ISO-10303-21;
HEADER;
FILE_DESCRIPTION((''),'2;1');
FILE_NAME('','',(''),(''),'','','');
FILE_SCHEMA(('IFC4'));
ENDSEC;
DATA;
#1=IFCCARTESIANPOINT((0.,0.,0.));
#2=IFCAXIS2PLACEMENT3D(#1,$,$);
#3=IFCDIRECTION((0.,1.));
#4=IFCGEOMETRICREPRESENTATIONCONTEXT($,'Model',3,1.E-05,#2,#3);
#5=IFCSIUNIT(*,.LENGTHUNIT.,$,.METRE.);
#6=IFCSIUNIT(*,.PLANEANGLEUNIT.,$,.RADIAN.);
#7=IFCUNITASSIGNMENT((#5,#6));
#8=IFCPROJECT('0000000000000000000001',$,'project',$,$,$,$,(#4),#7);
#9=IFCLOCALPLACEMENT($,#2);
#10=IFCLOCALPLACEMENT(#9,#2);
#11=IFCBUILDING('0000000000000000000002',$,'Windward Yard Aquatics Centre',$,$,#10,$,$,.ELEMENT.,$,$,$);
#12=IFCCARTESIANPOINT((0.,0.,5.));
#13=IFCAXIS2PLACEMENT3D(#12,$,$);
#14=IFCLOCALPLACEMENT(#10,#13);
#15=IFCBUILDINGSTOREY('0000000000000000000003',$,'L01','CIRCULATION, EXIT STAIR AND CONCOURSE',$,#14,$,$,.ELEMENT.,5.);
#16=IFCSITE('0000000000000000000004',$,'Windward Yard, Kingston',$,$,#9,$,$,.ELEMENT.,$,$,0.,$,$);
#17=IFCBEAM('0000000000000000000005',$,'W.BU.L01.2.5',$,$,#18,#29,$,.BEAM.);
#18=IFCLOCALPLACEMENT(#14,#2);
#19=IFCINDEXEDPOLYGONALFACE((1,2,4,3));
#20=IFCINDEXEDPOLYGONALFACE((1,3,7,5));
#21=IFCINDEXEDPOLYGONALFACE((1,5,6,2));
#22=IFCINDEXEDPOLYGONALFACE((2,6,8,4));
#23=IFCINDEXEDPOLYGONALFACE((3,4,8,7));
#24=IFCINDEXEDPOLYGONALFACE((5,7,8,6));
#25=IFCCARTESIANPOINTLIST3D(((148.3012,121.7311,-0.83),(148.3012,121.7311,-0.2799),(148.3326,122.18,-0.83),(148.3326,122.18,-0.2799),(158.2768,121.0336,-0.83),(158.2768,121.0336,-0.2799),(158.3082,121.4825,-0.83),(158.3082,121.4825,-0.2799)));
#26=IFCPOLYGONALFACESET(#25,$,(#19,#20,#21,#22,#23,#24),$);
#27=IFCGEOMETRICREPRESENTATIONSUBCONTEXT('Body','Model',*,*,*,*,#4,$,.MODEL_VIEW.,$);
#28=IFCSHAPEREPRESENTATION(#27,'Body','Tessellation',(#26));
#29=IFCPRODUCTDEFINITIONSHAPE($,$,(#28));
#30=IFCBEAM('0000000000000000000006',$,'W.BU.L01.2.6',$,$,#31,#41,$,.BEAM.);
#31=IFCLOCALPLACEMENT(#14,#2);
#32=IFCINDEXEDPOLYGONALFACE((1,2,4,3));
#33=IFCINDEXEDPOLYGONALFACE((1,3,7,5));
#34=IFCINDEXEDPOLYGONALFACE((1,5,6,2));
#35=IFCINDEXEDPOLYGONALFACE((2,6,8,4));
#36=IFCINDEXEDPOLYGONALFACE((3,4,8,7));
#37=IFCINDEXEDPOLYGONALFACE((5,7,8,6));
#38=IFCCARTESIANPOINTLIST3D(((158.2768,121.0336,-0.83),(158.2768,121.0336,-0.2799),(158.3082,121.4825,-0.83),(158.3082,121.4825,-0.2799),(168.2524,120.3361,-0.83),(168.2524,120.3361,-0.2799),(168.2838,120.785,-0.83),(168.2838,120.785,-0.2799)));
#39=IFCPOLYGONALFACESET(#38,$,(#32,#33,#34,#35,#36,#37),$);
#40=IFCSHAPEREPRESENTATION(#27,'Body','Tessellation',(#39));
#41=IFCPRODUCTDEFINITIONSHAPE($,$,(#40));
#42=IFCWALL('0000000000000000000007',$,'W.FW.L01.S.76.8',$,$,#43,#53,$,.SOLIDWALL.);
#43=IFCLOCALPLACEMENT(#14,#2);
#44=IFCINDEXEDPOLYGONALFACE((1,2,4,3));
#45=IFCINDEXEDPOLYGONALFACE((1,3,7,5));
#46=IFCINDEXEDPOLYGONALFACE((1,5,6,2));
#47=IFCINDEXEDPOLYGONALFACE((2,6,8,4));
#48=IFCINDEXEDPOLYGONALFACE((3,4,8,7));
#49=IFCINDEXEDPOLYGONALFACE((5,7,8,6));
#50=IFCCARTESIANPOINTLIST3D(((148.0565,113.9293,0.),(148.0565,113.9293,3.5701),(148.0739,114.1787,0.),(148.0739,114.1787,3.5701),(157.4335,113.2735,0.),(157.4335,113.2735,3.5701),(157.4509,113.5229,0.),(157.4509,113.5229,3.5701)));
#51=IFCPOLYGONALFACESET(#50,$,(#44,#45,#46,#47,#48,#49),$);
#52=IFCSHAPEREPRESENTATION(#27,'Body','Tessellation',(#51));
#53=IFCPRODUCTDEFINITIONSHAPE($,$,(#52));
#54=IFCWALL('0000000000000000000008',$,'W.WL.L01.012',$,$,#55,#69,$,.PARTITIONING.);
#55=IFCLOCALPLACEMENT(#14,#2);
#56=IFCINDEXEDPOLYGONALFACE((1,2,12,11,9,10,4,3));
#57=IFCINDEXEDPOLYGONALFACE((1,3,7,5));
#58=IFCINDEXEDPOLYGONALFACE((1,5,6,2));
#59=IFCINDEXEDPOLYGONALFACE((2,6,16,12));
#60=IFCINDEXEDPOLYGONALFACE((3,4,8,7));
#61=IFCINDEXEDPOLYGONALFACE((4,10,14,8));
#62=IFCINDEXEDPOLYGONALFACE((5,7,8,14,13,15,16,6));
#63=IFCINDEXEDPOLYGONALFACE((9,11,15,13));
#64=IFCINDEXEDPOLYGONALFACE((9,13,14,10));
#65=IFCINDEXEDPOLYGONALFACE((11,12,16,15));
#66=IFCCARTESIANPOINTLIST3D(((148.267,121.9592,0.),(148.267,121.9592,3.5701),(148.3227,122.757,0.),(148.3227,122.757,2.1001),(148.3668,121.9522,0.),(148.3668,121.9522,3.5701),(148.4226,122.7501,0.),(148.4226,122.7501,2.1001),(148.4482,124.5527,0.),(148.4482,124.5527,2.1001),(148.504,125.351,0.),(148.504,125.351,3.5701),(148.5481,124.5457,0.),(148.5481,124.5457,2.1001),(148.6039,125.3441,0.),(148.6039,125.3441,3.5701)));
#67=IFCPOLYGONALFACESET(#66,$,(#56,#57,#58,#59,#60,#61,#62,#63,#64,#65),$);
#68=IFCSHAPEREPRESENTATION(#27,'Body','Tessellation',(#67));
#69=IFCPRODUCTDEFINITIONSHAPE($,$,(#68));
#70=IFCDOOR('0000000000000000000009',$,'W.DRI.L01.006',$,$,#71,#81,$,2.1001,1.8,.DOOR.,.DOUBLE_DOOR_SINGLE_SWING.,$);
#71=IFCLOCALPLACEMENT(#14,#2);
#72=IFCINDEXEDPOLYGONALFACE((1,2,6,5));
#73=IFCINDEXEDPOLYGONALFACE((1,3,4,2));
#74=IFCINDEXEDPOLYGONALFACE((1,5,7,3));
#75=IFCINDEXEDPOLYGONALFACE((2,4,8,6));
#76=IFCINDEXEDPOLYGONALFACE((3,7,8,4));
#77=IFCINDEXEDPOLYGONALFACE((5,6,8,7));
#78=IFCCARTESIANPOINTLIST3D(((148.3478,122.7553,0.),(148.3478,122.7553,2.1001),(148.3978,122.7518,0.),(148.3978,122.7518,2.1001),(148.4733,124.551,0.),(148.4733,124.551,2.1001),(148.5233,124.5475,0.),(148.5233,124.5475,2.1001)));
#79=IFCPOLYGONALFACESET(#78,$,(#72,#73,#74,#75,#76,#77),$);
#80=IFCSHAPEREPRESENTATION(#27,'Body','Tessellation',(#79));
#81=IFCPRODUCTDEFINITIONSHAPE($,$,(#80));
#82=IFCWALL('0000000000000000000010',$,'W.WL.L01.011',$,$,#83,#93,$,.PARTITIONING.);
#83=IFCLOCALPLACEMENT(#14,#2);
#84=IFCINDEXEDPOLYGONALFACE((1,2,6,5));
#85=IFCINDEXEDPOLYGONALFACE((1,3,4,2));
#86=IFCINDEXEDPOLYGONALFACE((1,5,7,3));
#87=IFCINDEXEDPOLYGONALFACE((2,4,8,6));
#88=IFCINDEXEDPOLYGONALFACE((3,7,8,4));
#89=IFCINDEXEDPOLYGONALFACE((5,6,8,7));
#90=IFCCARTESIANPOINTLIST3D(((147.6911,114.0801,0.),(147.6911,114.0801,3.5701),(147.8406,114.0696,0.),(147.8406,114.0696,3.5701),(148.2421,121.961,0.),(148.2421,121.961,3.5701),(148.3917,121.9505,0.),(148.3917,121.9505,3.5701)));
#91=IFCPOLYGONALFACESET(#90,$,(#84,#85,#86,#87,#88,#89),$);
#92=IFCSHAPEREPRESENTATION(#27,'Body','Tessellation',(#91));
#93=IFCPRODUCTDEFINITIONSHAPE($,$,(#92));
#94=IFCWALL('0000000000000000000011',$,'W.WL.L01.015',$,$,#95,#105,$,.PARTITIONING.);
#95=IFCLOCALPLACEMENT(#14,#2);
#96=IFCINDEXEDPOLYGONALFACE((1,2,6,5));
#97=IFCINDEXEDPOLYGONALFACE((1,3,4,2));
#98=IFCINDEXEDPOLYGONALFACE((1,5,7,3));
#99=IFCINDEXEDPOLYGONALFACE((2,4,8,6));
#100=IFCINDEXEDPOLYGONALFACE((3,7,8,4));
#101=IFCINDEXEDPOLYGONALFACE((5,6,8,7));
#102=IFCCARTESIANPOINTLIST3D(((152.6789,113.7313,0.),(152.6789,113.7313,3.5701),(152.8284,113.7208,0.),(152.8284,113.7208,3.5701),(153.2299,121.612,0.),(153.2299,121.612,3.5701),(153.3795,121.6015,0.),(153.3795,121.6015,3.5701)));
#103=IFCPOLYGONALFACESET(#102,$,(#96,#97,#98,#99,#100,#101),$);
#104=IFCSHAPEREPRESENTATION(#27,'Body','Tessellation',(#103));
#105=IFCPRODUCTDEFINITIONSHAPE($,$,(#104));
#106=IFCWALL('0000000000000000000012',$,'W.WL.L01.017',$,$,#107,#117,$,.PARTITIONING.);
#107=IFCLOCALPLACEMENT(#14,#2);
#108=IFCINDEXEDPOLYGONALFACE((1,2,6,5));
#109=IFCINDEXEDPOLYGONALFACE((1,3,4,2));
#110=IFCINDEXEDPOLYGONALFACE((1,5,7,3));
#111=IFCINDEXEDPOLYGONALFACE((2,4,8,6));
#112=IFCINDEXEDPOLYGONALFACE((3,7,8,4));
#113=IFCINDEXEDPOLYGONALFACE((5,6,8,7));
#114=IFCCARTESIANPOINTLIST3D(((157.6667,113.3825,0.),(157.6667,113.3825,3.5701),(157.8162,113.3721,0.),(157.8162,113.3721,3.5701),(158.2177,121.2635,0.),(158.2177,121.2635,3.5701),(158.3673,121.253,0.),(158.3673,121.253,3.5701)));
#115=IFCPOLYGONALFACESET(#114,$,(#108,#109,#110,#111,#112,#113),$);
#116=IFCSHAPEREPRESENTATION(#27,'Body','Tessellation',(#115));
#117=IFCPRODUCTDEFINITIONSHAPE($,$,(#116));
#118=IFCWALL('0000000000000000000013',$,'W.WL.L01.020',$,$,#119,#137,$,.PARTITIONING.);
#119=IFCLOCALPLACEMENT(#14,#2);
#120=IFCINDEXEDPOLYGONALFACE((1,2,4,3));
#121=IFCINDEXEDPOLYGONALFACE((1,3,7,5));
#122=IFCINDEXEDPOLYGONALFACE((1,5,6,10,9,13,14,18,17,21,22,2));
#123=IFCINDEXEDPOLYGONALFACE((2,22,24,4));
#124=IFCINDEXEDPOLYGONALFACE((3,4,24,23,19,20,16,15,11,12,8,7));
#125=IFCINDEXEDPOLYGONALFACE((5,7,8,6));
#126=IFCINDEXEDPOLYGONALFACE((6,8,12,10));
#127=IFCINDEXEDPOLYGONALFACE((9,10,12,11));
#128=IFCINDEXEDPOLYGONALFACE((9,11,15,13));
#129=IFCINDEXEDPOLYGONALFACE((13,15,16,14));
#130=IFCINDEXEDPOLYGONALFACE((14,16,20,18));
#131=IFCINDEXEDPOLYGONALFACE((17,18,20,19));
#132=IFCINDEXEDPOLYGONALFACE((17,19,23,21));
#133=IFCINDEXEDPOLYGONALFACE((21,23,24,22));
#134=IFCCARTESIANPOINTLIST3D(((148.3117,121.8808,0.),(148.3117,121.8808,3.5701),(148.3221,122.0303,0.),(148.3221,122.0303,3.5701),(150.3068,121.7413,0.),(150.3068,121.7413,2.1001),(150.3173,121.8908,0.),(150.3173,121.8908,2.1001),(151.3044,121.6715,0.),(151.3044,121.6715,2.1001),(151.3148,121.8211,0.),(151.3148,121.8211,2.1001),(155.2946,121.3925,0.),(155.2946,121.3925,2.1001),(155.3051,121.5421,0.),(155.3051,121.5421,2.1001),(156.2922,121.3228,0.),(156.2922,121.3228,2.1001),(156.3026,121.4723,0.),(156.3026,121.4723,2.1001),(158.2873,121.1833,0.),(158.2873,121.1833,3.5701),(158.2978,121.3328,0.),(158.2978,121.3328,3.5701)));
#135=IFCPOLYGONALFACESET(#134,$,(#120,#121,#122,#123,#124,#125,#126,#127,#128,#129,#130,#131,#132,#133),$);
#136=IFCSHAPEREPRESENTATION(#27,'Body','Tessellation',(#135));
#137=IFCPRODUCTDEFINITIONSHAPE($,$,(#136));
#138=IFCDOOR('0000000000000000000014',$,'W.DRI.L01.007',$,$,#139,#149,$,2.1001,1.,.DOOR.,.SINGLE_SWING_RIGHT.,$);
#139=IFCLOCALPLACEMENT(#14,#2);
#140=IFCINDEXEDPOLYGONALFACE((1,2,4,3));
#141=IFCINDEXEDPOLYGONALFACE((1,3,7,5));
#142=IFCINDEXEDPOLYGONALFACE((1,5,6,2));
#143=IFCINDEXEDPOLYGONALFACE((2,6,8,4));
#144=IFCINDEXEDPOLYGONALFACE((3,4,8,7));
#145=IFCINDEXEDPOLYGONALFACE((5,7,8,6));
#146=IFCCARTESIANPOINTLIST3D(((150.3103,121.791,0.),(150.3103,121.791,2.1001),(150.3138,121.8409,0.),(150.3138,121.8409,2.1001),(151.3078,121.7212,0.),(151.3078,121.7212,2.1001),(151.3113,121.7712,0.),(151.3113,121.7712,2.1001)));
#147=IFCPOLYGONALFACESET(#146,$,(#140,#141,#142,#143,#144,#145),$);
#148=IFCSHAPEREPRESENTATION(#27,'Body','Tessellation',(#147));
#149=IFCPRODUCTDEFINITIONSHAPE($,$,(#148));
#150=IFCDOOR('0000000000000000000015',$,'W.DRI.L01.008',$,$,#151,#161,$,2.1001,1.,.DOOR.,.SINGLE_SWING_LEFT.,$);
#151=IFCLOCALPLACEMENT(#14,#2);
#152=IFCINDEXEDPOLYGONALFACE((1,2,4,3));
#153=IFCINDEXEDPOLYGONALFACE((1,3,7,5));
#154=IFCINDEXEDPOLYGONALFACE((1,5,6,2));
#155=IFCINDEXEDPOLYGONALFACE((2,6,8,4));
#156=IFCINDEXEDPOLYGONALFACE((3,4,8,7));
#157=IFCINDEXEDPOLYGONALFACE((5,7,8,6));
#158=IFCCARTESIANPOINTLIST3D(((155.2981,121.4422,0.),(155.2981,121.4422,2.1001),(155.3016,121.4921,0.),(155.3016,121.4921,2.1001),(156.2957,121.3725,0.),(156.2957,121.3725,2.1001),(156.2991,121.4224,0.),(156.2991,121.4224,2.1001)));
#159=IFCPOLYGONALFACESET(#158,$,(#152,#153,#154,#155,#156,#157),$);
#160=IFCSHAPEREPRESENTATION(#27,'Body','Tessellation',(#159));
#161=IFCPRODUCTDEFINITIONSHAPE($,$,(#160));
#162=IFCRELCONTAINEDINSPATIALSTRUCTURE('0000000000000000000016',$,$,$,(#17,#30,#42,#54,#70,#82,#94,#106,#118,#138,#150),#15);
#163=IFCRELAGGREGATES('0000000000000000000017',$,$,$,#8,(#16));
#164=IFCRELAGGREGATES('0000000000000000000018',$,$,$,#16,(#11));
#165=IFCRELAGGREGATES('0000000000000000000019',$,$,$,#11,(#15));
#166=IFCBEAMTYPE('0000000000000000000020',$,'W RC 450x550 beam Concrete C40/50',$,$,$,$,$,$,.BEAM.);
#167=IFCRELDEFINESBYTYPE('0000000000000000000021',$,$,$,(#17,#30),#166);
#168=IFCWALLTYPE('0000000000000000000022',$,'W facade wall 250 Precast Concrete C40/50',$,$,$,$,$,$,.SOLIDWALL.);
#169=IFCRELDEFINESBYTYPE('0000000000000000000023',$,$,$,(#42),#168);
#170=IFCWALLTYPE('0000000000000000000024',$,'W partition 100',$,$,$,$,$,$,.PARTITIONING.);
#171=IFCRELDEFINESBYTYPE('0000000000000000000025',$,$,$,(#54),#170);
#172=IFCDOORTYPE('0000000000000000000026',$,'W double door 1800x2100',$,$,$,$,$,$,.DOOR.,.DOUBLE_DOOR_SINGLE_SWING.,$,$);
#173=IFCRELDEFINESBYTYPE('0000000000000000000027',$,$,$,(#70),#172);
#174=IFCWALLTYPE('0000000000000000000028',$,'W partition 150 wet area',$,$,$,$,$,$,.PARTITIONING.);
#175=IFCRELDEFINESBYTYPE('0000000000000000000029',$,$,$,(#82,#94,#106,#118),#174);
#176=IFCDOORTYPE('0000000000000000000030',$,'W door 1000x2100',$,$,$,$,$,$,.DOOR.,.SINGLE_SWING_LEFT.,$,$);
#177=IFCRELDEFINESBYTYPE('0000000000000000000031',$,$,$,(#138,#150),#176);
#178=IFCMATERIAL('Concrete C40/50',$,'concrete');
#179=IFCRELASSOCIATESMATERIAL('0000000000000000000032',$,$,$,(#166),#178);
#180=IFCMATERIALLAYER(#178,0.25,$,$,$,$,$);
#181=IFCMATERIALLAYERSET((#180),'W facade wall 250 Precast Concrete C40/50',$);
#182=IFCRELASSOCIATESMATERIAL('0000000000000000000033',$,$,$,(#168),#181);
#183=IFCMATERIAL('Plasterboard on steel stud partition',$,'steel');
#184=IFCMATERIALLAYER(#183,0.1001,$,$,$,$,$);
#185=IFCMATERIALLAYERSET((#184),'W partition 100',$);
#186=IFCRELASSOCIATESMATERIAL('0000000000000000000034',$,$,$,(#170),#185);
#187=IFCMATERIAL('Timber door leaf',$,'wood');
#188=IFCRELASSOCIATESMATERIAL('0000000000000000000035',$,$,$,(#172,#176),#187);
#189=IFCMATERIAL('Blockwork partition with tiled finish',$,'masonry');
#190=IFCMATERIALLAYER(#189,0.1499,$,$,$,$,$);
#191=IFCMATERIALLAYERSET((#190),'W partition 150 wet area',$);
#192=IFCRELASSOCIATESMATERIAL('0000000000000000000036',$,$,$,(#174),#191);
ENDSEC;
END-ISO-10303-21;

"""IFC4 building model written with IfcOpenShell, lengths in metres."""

from ifc_helpers import new_model, si_unit, direction, frame, frame_2d, origin, origin_2d, place, context, subcontext, project, spatial, rectangle, extrude, material, layer, layer_set, material_profile, profile_set, type_object, element, fill, save


model = new_model("IFC4")

# Units and contexts
model_context = context("Model", 3, precision=1e-05, world=origin(), true_north=direction((0.0, 1.0)))
body_context = subcontext(model_context, "Body", "Model", "MODEL_VIEW")
ifc_project = project(units=[si_unit("LENGTHUNIT", "METRE"), si_unit("PLANEANGLEUNIT", "RADIAN")], contexts=[model_context])

# Site, building, storey
site_placement = place(None, origin())
site = spatial("IfcSite", under=ifc_project, at=site_placement, Name="Windward Yard, Kingston", CompositionType="ELEMENT", RefElevation=0.0)
building_placement = place(site_placement, origin())
building = spatial("IfcBuilding", under=site, at=building_placement, Name="Windward Yard Aquatics Centre", CompositionType="ELEMENT")
storey_placement = place(building_placement, frame((0.0, 0.0, 5.0)))
storey = spatial("IfcBuildingStorey", under=building, at=storey_placement, Name="L01", Description="CIRCULATION, EXIT STAIR AND CONCOURSE", CompositionType="ELEMENT", Elevation=5.0)

# Beams
ifc_material_1 = material(Name="Concrete C40/50", Category="concrete")
ifc_material_profile_1 = material_profile(ifc_material_1, rectangle(XDim=0.45, YDim=0.55, at=origin_2d()), Name="RC 450x550")
ifc_profile_set_1 = profile_set([ifc_material_profile_1], Name="Concrete C40/50")
beam_type_1 = type_object("IfcBeamType", Name="W RC 450x550 beam Concrete C40/50", PredefinedType="BEAM", material=ifc_profile_set_1)
for number, where, z_axis, x_axis, name in (
    (1, (148.3169, 121.9556, -0.5549), (0.997564, -0.069751, 0.0), (0.069751, 0.997564, 0.0), "W.BU.L01.2.5"),
    (2, (158.2925, 121.2581, -0.5549), (0.997564, -0.069751, 0.0), (0.069751, 0.997564, 0.0), "W.BU.L01.2.6"),
):
    element("IfcBeam", number, at=place(storey_placement, frame(where, z_axis=z_axis, x_axis=x_axis)), inside=storey, type_object=beam_type_1, Name=name, PredefinedType="BEAM", context=body_context, shape_type="SweptSolid", body=[
        extrude(rectangle(XDim=0.45, YDim=0.55, at=origin_2d()), origin(), (0.0, 0.0, 1.0), 10.0),
    ])

# Wall
ifc_layer_1 = layer(ifc_material_1, 0.25)
ifc_layer_set_1 = layer_set([ifc_layer_1], Name="W facade wall 250 Precast Concrete C40/50")
wall_type_1 = type_object("IfcWallType", Name="W facade wall 250 Precast Concrete C40/50", PredefinedType="SOLIDWALL", material=ifc_layer_set_1)
wall_1_placement = place(storey_placement, frame((148.0652, 114.054, 0.0), z_axis=(0.0, 0.0, 1.0), x_axis=(0.997564, -0.069763, 0.0)))
element("IfcWall", 3, at=wall_1_placement, inside=storey, type_object=wall_type_1, Name="W.FW.L01.S.76.8", PredefinedType="SOLIDWALL", context=body_context, shape_type="SweptSolid", body=[
    extrude(rectangle(XDim=9.3999, YDim=0.25, at=frame_2d((4.7, 0.0))), origin(), (0.0, 0.0, 1.0), 3.5701),
])

# Wall, opening, door
ifc_material_2 = material(Name="Plasterboard on steel stud partition", Category="steel")
ifc_layer_2 = layer(ifc_material_2, 0.1001)
ifc_layer_set_2 = layer_set([ifc_layer_2], Name="W partition 100")
wall_type_2 = type_object("IfcWallType", Name="W partition 100", PredefinedType="PARTITIONING", material=ifc_layer_set_2)
wall_2_placement = place(storey_placement, frame((148.3169, 121.9556, 0.0), z_axis=(0.0, 0.0, 1.0), x_axis=(0.069721, 0.997567, 0.0)))
wall_2 = element("IfcWall", 4, at=wall_2_placement, inside=storey, type_object=wall_type_2, Name="W.WL.L01.012", PredefinedType="PARTITIONING", context=body_context, shape_type="SweptSolid", body=[
    extrude(rectangle(XDim=3.4001, YDim=0.1001, at=frame_2d((1.7002, 0.0))), origin(), (0.0, 0.0, 1.0), 3.5701),
])
opening_1_placement = place(wall_2_placement, frame((0.8, 0.0, 0.0)))
opening_1 = element("IfcOpeningElement", 5, at=opening_1_placement, cuts=wall_2, PredefinedType="OPENING", context=body_context, shape_type="SweptSolid", body=[
    extrude(rectangle(XDim=1.8, YDim=2.1001, at=frame_2d((0.8999, 1.05))), frame((0.0, 0.0601, 0.0), z_axis=(0.0, -1.0, 0.0), x_axis=(1.0, 0.0, 0.0)), (0.0, 0.0, 1.0), 0.1201),
])
ifc_material_3 = material(Name="Timber door leaf", Category="wood")
door_type_1 = type_object("IfcDoorType", Name="W double door 1800x2100", OperationType="DOUBLE_DOOR_SINGLE_SWING", PredefinedType="DOOR", material=ifc_material_3)
door_1_placement = place(opening_1_placement, origin())
door_1 = element("IfcDoor", 6, at=door_1_placement, inside=storey, type_object=door_type_1, Name="W.DRI.L01.006", OperationType="DOUBLE_DOOR_SINGLE_SWING", OverallHeight=2.1001, OverallWidth=1.8, PredefinedType="DOOR", context=body_context, shape_type="SweptSolid", body=[
    extrude(rectangle(XDim=1.8, YDim=2.1001, at=frame_2d((0.8999, 1.05))), frame((0.0, 0.0249, 0.0), z_axis=(0.0, -1.0, 0.0), x_axis=(1.0, 0.0, 0.0)), (0.0, 0.0, 1.0), 0.05),
])
fill(opening_1, door_1)

# Walls
ifc_material_4 = material(Name="Blockwork partition with tiled finish", Category="masonry")
ifc_layer_3 = layer(ifc_material_4, 0.1499)
ifc_layer_set_3 = layer_set([ifc_layer_3], Name="W partition 150 wet area")
wall_type_3 = type_object("IfcWallType", Name="W partition 150 wet area", PredefinedType="PARTITIONING", material=ifc_layer_set_3)
wall_3_placement = place(storey_placement, frame((147.7659, 114.0747, 0.0), z_axis=(0.0, 0.0, 1.0), x_axis=(0.069749, 0.997565, 0.0)))
element("IfcWall", 7, at=wall_3_placement, inside=storey, type_object=wall_type_3, Name="W.WL.L01.011", PredefinedType="PARTITIONING", context=body_context, shape_type="SweptSolid", body=[
    extrude(rectangle(XDim=7.9001, YDim=0.1499, at=frame_2d((3.9502, 0.0))), origin(), (0.0, 0.0, 1.0), 3.5701),
])
wall_4_placement = place(storey_placement, frame((152.7537, 113.7261, 0.0), z_axis=(0.0, 0.0, 1.0), x_axis=(0.069751, 0.997564, 0.0)))
element("IfcWall", 8, at=wall_4_placement, inside=storey, type_object=wall_type_3, Name="W.WL.L01.015", PredefinedType="PARTITIONING", context=body_context, shape_type="SweptSolid", body=[
    extrude(rectangle(XDim=7.8999, YDim=0.1499, at=frame_2d((3.95, 0.0))), origin(), (0.0, 0.0, 1.0), 3.5701),
])
wall_5_placement = place(storey_placement, frame((157.7415, 113.3772, 0.0), z_axis=(0.0, 0.0, 1.0), x_axis=(0.069749, 0.997565, 0.0)))
element("IfcWall", 9, at=wall_5_placement, inside=storey, type_object=wall_type_3, Name="W.WL.L01.017", PredefinedType="PARTITIONING", context=body_context, shape_type="SweptSolid", body=[
    extrude(rectangle(XDim=7.9001, YDim=0.1499, at=frame_2d((3.9502, 0.0))), origin(), (0.0, 0.0, 1.0), 3.5701),
])

# Wall, openings, doors
wall_6_placement = place(storey_placement, frame((148.3169, 121.9556, 0.0), z_axis=(0.0, 0.0, 1.0), x_axis=(0.997564, -0.069751, 0.0)))
wall_6 = element("IfcWall", 10, at=wall_6_placement, inside=storey, type_object=wall_type_3, Name="W.WL.L01.020", PredefinedType="PARTITIONING", context=body_context, shape_type="SweptSolid", body=[
    extrude(rectangle(XDim=10.0, YDim=0.1499, at=frame_2d((5.0, 0.0))), origin(), (0.0, 0.0, 1.0), 3.5701),
])
opening_2_placement = place(wall_6_placement, frame((2.0, 0.0, 0.0)))
opening_2 = element("IfcOpeningElement", 11, at=opening_2_placement, cuts=wall_6, PredefinedType="OPENING", context=body_context, shape_type="SweptSolid", body=[
    extrude(rectangle(XDim=1.0, YDim=2.1001, at=frame_2d((0.5, 1.05))), frame((0.0, 0.085, 0.0), z_axis=(0.0, -1.0, 0.0), x_axis=(1.0, 0.0, 0.0)), (0.0, 0.0, 1.0), 0.1699),
])
opening_3_placement = place(wall_6_placement, frame((7.0, 0.0, 0.0)))
opening_3 = element("IfcOpeningElement", 12, at=opening_3_placement, cuts=wall_6, PredefinedType="OPENING", context=body_context, shape_type="SweptSolid", body=[
    extrude(rectangle(XDim=1.0, YDim=2.1001, at=frame_2d((0.5, 1.05))), frame((0.0, 0.085, 0.0), z_axis=(0.0, -1.0, 0.0), x_axis=(1.0, 0.0, 0.0)), (0.0, 0.0, 1.0), 0.1699),
])
door_type_2 = type_object("IfcDoorType", Name="W door 1000x2100", OperationType="SINGLE_SWING_LEFT", PredefinedType="DOOR", material=ifc_material_3)
door_2_placement = place(opening_2_placement, origin())
door_2 = element("IfcDoor", 13, at=door_2_placement, inside=storey, type_object=door_type_2, Name="W.DRI.L01.007", OperationType="SINGLE_SWING_RIGHT", OverallHeight=2.1001, OverallWidth=1.0, PredefinedType="DOOR", context=body_context, shape_type="SweptSolid", body=[
    extrude(rectangle(XDim=1.0, YDim=2.1001, at=frame_2d((0.5, 1.05))), frame((0.0, 0.0249, 0.0), z_axis=(0.0, -1.0, 0.0), x_axis=(1.0, 0.0, 0.0)), (0.0, 0.0, 1.0), 0.05),
])
fill(opening_2, door_2)
door_3_placement = place(opening_3_placement, origin())
door_3 = element("IfcDoor", 14, at=door_3_placement, inside=storey, type_object=door_type_2, Name="W.DRI.L01.008", OperationType="SINGLE_SWING_LEFT", OverallHeight=2.1001, OverallWidth=1.0, PredefinedType="DOOR", context=body_context, shape_type="SweptSolid", body=[
    extrude(rectangle(XDim=1.0, YDim=2.1001, at=frame_2d((0.5, 1.05))), frame((0.0, 0.0249, 0.0), z_axis=(0.0, -1.0, 0.0), x_axis=(1.0, 0.0, 0.0)), (0.0, 0.0, 1.0), 0.05),
])
fill(opening_3, door_3)

save(model, "model.ifc")
